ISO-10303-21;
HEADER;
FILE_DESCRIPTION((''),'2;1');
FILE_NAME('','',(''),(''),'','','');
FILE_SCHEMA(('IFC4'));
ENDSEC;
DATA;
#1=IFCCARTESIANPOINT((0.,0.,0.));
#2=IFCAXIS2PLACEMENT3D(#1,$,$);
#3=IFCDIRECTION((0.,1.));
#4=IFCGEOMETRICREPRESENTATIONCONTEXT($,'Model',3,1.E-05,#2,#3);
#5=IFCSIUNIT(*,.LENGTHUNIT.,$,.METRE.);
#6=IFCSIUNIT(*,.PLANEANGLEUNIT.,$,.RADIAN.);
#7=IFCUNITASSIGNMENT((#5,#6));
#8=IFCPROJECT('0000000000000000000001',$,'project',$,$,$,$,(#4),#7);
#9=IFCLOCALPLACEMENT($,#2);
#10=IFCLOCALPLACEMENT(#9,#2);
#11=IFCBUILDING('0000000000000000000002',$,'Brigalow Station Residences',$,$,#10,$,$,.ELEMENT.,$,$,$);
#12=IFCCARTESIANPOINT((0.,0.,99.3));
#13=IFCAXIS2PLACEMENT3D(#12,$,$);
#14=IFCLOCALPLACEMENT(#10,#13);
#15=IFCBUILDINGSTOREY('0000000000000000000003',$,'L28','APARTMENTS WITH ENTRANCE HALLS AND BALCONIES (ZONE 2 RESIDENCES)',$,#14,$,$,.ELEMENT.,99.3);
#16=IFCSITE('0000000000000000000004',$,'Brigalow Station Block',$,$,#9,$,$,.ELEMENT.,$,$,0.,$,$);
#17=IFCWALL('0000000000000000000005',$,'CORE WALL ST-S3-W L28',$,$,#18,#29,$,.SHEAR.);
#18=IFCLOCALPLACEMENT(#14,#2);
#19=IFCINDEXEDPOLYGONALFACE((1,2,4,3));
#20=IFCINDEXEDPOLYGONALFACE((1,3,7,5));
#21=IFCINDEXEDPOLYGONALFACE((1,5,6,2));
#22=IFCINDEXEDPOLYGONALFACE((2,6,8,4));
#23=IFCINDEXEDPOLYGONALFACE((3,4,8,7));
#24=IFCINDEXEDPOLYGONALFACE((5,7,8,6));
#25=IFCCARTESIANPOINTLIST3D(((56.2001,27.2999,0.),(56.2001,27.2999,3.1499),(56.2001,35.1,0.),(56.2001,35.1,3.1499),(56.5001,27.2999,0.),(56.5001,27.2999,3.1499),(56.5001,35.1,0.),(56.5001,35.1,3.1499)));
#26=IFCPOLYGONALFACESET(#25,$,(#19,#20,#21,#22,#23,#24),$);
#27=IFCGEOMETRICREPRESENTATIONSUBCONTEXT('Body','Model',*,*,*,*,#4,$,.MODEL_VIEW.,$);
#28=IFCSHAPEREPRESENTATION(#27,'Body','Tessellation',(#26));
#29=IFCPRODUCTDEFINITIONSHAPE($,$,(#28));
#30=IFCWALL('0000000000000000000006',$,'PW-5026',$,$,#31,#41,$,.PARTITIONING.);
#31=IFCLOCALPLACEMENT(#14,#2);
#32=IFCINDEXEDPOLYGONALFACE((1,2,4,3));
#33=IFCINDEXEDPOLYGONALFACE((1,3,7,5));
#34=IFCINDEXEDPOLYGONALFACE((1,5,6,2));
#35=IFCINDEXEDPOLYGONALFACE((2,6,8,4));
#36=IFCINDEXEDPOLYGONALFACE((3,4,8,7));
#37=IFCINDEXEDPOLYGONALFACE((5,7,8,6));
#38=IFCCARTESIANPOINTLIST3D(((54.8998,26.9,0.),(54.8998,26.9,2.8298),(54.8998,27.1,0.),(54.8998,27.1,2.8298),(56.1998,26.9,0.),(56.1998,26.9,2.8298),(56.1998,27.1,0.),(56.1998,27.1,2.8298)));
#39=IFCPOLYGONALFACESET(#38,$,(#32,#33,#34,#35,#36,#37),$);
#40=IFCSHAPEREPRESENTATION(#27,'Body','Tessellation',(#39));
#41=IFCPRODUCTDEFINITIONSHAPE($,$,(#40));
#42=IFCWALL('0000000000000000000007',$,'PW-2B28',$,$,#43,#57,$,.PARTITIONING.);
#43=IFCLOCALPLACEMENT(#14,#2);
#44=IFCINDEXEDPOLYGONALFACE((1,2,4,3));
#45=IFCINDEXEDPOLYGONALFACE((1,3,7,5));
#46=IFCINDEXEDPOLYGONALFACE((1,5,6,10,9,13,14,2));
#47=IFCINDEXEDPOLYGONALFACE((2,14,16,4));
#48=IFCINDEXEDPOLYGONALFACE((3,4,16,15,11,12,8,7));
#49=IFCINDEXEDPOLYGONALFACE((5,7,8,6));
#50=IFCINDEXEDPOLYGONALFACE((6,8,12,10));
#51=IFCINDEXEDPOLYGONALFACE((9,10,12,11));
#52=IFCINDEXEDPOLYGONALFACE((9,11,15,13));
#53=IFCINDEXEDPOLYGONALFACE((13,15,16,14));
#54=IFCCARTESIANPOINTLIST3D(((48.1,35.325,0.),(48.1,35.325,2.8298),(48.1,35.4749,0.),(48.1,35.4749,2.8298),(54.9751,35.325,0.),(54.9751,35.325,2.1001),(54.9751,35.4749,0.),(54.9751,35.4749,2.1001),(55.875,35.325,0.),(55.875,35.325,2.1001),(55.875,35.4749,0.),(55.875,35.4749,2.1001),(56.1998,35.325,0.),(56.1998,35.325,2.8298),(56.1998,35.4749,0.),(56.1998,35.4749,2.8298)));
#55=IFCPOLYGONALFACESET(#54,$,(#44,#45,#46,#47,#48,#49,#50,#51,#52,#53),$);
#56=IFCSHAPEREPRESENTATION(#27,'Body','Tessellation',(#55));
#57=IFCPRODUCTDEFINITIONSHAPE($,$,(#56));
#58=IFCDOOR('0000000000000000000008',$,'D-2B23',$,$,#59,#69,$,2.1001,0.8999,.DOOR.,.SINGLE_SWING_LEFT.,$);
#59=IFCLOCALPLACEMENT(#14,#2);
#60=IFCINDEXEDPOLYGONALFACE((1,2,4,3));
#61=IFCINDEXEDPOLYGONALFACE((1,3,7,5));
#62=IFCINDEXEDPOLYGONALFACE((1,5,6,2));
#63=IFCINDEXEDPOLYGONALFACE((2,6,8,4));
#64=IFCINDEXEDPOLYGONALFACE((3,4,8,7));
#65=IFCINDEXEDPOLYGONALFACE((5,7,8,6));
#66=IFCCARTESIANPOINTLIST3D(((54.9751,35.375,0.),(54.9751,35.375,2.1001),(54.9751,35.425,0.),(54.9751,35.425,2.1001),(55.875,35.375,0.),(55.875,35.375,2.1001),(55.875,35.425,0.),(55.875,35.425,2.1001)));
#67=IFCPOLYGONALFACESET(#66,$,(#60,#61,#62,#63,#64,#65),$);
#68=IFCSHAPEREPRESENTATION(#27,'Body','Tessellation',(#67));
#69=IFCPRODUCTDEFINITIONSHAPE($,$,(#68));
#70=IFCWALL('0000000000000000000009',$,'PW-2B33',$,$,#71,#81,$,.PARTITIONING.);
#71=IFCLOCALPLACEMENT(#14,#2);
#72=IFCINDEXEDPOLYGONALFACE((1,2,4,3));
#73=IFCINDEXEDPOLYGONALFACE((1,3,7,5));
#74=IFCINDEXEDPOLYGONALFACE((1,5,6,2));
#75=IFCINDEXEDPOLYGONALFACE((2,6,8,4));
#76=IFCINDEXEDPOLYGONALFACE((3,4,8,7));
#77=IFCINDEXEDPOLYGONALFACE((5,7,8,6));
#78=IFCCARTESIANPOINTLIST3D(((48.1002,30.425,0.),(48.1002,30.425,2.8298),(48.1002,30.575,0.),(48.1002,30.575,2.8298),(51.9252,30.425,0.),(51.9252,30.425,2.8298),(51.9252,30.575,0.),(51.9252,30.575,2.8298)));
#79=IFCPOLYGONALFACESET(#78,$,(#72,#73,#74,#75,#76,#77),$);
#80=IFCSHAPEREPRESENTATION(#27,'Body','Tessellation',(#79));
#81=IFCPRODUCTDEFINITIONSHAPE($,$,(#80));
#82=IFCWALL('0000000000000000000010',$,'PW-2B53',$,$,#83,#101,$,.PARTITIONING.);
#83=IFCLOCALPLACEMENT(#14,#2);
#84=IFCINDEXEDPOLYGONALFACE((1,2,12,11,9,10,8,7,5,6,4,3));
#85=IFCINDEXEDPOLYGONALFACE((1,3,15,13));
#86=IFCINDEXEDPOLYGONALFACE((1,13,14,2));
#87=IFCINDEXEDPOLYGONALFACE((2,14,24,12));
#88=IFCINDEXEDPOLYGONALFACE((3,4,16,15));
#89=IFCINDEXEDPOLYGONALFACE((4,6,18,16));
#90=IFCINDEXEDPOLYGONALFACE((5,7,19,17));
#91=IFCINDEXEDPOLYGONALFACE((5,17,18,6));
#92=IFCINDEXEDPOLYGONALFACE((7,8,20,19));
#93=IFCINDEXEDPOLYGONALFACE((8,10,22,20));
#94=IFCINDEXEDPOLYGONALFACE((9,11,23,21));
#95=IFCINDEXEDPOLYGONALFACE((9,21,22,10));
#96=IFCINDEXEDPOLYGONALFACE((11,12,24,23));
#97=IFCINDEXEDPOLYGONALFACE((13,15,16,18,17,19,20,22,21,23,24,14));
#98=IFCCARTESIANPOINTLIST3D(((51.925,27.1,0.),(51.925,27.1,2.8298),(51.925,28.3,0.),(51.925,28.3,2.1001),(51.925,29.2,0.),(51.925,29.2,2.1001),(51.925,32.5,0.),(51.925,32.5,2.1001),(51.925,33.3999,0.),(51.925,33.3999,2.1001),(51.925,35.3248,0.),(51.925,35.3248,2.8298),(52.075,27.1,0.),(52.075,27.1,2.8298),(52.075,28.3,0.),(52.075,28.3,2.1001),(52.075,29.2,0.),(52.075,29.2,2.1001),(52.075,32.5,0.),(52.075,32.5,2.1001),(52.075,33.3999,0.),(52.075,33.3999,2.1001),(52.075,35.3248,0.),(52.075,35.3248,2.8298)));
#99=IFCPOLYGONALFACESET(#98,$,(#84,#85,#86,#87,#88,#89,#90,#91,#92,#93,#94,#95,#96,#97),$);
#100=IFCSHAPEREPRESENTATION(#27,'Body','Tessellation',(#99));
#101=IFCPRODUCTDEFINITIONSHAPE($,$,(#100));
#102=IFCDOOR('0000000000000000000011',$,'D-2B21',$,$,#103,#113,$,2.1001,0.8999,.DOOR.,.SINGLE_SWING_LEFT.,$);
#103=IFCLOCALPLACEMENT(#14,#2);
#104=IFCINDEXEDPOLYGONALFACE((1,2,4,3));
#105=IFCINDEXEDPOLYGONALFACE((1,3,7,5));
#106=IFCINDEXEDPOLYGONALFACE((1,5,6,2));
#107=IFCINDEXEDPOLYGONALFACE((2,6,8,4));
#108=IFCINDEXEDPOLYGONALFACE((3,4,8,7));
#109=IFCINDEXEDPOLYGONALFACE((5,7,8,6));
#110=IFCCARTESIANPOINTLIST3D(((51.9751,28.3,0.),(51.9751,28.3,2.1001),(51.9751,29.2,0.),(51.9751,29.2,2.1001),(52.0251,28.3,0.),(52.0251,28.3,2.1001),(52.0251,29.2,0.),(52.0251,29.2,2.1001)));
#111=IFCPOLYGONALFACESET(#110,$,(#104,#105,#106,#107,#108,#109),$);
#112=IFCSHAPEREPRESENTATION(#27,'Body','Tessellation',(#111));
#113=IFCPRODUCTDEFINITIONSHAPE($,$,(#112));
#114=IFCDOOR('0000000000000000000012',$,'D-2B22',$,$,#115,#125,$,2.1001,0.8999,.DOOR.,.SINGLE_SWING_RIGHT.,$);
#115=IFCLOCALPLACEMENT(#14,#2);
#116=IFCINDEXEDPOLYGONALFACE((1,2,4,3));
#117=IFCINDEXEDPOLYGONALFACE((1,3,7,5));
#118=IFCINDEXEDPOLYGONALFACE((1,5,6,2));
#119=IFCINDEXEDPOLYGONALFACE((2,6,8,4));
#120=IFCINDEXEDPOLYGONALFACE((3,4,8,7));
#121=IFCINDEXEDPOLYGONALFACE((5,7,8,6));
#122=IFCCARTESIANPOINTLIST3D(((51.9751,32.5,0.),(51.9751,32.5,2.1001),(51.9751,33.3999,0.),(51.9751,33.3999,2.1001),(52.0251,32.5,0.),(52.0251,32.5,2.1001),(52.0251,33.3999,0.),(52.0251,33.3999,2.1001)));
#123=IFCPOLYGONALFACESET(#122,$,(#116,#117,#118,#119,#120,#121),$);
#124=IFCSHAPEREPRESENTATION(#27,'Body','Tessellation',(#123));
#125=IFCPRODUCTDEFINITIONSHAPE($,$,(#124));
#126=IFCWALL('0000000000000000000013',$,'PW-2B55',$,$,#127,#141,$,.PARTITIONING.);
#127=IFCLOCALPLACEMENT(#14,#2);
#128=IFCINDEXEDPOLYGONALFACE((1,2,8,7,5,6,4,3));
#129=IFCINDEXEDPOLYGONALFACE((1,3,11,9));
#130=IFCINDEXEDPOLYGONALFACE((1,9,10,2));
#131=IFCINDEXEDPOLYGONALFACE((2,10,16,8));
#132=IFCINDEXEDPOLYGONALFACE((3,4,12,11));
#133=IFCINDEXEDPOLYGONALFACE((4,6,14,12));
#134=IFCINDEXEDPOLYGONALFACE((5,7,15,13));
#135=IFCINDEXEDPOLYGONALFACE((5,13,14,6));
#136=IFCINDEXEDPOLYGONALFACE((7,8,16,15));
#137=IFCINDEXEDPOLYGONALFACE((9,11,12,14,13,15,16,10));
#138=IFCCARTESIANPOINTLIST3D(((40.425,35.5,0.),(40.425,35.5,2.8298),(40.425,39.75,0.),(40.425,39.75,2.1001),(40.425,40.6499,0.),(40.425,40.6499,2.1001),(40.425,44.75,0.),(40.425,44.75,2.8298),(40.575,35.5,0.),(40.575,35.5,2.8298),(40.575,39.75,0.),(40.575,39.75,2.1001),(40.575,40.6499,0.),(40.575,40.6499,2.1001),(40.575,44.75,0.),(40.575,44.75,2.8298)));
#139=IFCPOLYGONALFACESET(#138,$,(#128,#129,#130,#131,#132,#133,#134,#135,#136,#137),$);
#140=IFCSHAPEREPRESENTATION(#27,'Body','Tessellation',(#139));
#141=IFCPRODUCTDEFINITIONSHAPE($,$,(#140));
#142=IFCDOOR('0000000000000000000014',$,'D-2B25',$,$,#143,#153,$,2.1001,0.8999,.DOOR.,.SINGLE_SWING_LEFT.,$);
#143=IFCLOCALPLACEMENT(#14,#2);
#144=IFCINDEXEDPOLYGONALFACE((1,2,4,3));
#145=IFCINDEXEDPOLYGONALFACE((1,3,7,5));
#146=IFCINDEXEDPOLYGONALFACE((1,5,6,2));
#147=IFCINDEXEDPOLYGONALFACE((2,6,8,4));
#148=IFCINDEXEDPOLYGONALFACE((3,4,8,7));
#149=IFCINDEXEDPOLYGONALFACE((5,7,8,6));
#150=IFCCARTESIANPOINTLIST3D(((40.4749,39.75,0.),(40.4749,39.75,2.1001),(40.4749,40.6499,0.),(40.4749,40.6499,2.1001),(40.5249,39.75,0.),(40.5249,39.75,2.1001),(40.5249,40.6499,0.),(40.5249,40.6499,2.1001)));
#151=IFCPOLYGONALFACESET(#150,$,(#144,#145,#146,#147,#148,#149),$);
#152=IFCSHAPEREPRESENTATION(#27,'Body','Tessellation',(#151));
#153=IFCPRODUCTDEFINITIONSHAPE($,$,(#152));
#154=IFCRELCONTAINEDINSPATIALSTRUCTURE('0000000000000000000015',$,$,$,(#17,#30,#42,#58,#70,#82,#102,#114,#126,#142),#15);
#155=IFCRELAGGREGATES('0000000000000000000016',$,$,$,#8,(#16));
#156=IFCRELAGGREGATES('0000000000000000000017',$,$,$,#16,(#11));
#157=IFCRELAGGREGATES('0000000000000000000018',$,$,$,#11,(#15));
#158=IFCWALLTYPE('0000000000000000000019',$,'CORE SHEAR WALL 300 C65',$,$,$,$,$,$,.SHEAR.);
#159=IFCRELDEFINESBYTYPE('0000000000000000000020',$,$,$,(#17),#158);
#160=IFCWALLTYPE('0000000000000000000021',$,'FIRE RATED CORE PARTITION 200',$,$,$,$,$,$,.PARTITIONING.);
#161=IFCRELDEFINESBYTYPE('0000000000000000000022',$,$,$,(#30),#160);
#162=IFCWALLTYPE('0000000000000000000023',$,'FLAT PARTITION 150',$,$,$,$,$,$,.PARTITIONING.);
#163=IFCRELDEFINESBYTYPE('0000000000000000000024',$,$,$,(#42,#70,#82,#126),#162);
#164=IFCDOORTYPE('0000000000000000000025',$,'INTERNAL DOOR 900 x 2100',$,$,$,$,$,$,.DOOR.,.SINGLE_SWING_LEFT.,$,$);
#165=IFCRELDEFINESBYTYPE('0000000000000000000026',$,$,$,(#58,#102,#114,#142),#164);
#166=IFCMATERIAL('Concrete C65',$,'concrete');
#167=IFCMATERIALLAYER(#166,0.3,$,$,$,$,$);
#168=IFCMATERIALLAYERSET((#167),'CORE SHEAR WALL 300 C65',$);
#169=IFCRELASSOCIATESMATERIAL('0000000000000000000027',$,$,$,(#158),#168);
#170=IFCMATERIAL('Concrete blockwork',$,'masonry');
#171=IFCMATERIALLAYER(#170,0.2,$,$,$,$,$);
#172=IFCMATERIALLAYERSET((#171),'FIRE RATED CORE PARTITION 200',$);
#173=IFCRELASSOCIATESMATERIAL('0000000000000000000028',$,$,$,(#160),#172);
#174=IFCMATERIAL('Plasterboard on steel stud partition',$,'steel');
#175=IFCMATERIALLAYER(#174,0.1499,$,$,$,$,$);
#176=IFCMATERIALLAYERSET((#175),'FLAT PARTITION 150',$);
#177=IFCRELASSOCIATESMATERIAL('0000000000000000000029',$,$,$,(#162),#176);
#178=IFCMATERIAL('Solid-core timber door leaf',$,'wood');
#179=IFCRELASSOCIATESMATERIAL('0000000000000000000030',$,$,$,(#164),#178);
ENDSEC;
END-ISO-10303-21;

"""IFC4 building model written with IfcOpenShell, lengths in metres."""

from ifc_helpers import new_model, si_unit, direction, frame, frame_2d, origin, place, context, subcontext, project, spatial, rectangle, extrude, material, layer, layer_set, type_object, element, fill, save


model = new_model("IFC4")

# Units and contexts
model_context = context("Model", 3, precision=1e-05, world=origin(), true_north=direction((0.0, 1.0)))
body_context = subcontext(model_context, "Body", "Model", "MODEL_VIEW")
ifc_project = project(units=[si_unit("LENGTHUNIT", "METRE"), si_unit("PLANEANGLEUNIT", "RADIAN")], contexts=[model_context])

# Site, building, storey
site_placement = place(None, origin())
site = spatial("IfcSite", under=ifc_project, at=site_placement, Name="Brigalow Station Block", CompositionType="ELEMENT", RefElevation=0.0)
building_placement = place(site_placement, origin())
building = spatial("IfcBuilding", under=site, at=building_placement, Name="Brigalow Station Residences", CompositionType="ELEMENT")
storey_placement = place(building_placement, frame((0.0, 0.0, 99.3)))
storey = spatial("IfcBuildingStorey", under=building, at=storey_placement, Name="L28", Description="APARTMENTS WITH ENTRANCE HALLS AND BALCONIES (ZONE 2 RESIDENCES)", CompositionType="ELEMENT", Elevation=99.3)

# Shared definitions
ifc_material_1 = material(Name="Concrete C65", Category="concrete")
ifc_layer_1 = layer(ifc_material_1, 0.3)
ifc_layer_set_1 = layer_set([ifc_layer_1], Name="CORE SHEAR WALL 300 C65")
wall_type_1 = type_object("IfcWallType", Name="CORE SHEAR WALL 300 C65", PredefinedType="SHEAR", material=ifc_layer_set_1)

# Walls
wall_1_placement = place(storey_placement, frame((56.3501, 27.3, 0.0), z_axis=(0.0, 0.0, 1.0), x_axis=(0.0, 1.0, 0.0)))
element("IfcWall", 1, at=wall_1_placement, inside=storey, type_object=wall_type_1, Name="CORE WALL ST-S3-W L28", PredefinedType="SHEAR", context=body_context, shape_type="SweptSolid", body=[
    extrude(rectangle(XDim=7.8, YDim=0.3, at=frame_2d((3.8999, 0.0))), origin(), (0.0, 0.0, 1.0), 3.1499),
])
ifc_material_2 = material(Name="Concrete blockwork", Category="masonry")
ifc_layer_2 = layer(ifc_material_2, 0.2)
ifc_layer_set_2 = layer_set([ifc_layer_2], Name="FIRE RATED CORE PARTITION 200")
wall_type_2 = type_object("IfcWallType", Name="FIRE RATED CORE PARTITION 200", PredefinedType="PARTITIONING", material=ifc_layer_set_2)
wall_2_placement = place(storey_placement, frame((54.8999, 27.0, 0.0), z_axis=(0.0, 0.0, 1.0), x_axis=(1.0, 0.0, 0.0)))
element("IfcWall", 2, at=wall_2_placement, inside=storey, type_object=wall_type_2, Name="PW-5026", PredefinedType="PARTITIONING", context=body_context, shape_type="SweptSolid", body=[
    extrude(rectangle(XDim=1.3, YDim=0.2, at=frame_2d((0.6499, 0.0))), origin(), (0.0, 0.0, 1.0), 2.8298),
])

# Wall, opening, door
ifc_material_3 = material(Name="Plasterboard on steel stud partition", Category="steel")
ifc_layer_3 = layer(ifc_material_3, 0.1499)
ifc_layer_set_3 = layer_set([ifc_layer_3], Name="FLAT PARTITION 150")
wall_type_3 = type_object("IfcWallType", Name="FLAT PARTITION 150", PredefinedType="PARTITIONING", material=ifc_layer_set_3)
wall_3_placement = place(storey_placement, frame((48.1001, 35.3999, 0.0), z_axis=(0.0, 0.0, 1.0), x_axis=(1.0, 0.0, 0.0)))
wall_3 = element("IfcWall", 3, at=wall_3_placement, inside=storey, type_object=wall_type_3, Name="PW-2B28", PredefinedType="PARTITIONING", context=body_context, shape_type="SweptSolid", body=[
    extrude(rectangle(XDim=8.0999, YDim=0.1499, at=frame_2d((4.0498, 0.0))), origin(), (0.0, 0.0, 1.0), 2.8298),
])
opening_1_placement = place(wall_3_placement, frame((6.875, 0.0, 0.0)))
opening_1 = element("IfcOpeningElement", 4, at=opening_1_placement, cuts=wall_3, PredefinedType="OPENING", context=body_context, shape_type="SweptSolid", body=[
    extrude(rectangle(XDim=0.8999, YDim=2.1001, at=frame_2d((0.45, 1.05))), frame((0.0, 0.085, 0.0), z_axis=(0.0, -1.0, 0.0), x_axis=(1.0, 0.0, 0.0)), (0.0, 0.0, 1.0), 0.1699),
])
ifc_material_4 = material(Name="Solid-core timber door leaf", Category="wood")
door_type_1 = type_object("IfcDoorType", Name="INTERNAL DOOR 900 x 2100", OperationType="SINGLE_SWING_LEFT", PredefinedType="DOOR", material=ifc_material_4)
door_1_placement = place(opening_1_placement, frame((0.8999, 0.0, 0.0), z_axis=(0.0, 0.0, 1.0), x_axis=(-1.0, 0.0, 0.0)))
door_1 = element("IfcDoor", 5, at=door_1_placement, inside=storey, type_object=door_type_1, Name="D-2B23", OperationType="SINGLE_SWING_LEFT", OverallHeight=2.1001, OverallWidth=0.8999, PredefinedType="DOOR", context=body_context, shape_type="SweptSolid", body=[
    extrude(rectangle(XDim=0.8999, YDim=2.1001, at=frame_2d((0.45, 1.05))), frame((0.0, 0.0249, 0.0), z_axis=(0.0, -1.0, 0.0), x_axis=(1.0, 0.0, 0.0)), (0.0, 0.0, 1.0), 0.05),
])
fill(opening_1, door_1)

# Wall
wall_4_placement = place(storey_placement, frame((48.1001, 30.5, 0.0), z_axis=(0.0, 0.0, 1.0), x_axis=(1.0, 0.0, 0.0)))
element("IfcWall", 6, at=wall_4_placement, inside=storey, type_object=wall_type_3, Name="PW-2B33", PredefinedType="PARTITIONING", context=body_context, shape_type="SweptSolid", body=[
    extrude(rectangle(XDim=3.825, YDim=0.1499, at=frame_2d((1.9126, 0.0))), origin(), (0.0, 0.0, 1.0), 2.8298),
])

# Wall, openings, doors
wall_5_placement = place(storey_placement, frame((52.0, 27.1001, 0.0), z_axis=(0.0, 0.0, 1.0), x_axis=(0.0, 1.0, 0.0)))
wall_5 = element("IfcWall", 7, at=wall_5_placement, inside=storey, type_object=wall_type_3, Name="PW-2B53", PredefinedType="PARTITIONING", context=body_context, shape_type="SweptSolid", body=[
    extrude(rectangle(XDim=8.2249, YDim=0.1499, at=frame_2d((4.1123, 0.0))), origin(), (0.0, 0.0, 1.0), 2.8298),
])
opening_2_placement = place(wall_5_placement, frame((1.2, 0.0, 0.0)))
opening_2 = element("IfcOpeningElement", 8, at=opening_2_placement, cuts=wall_5, PredefinedType="OPENING", context=body_context, shape_type="SweptSolid", body=[
    extrude(rectangle(XDim=0.8999, YDim=2.1001, at=frame_2d((0.45, 1.05))), frame((0.0, 0.085, 0.0), z_axis=(0.0, -1.0, 0.0), x_axis=(1.0, 0.0, 0.0)), (0.0, 0.0, 1.0), 0.1699),
])
opening_3_placement = place(wall_5_placement, frame((5.3999, 0.0, 0.0)))
opening_3 = element("IfcOpeningElement", 9, at=opening_3_placement, cuts=wall_5, PredefinedType="OPENING", context=body_context, shape_type="SweptSolid", body=[
    extrude(rectangle(XDim=0.8999, YDim=2.1001, at=frame_2d((0.45, 1.05))), frame((0.0, 0.085, 0.0), z_axis=(0.0, -1.0, 0.0), x_axis=(1.0, 0.0, 0.0)), (0.0, 0.0, 1.0), 0.1699),
])
door_2_placement = place(opening_2_placement, origin())
door_2 = element("IfcDoor", 10, at=door_2_placement, inside=storey, type_object=door_type_1, Name="D-2B21", OperationType="SINGLE_SWING_LEFT", OverallHeight=2.1001, OverallWidth=0.8999, PredefinedType="DOOR", context=body_context, shape_type="SweptSolid", body=[
    extrude(rectangle(XDim=0.8999, YDim=2.1001, at=frame_2d((0.45, 1.05))), frame((0.0, 0.0249, 0.0), z_axis=(0.0, -1.0, 0.0), x_axis=(1.0, 0.0, 0.0)), (0.0, 0.0, 1.0), 0.05),
])
fill(opening_2, door_2)
door_3_placement = place(opening_3_placement, origin())
door_3 = element("IfcDoor", 11, at=door_3_placement, inside=storey, type_object=door_type_1, Name="D-2B22", OperationType="SINGLE_SWING_RIGHT", OverallHeight=2.1001, OverallWidth=0.8999, PredefinedType="DOOR", context=body_context, shape_type="SweptSolid", body=[
    extrude(rectangle(XDim=0.8999, YDim=2.1001, at=frame_2d((0.45, 1.05))), frame((0.0, 0.0249, 0.0), z_axis=(0.0, -1.0, 0.0), x_axis=(1.0, 0.0, 0.0)), (0.0, 0.0, 1.0), 0.05),
])
fill(opening_3, door_3)

# Wall, opening, door
wall_6_placement = place(storey_placement, frame((40.5, 35.5, 0.0), z_axis=(0.0, 0.0, 1.0), x_axis=(0.0, 1.0, 0.0)))
wall_6 = element("IfcWall", 12, at=wall_6_placement, inside=storey, type_object=wall_type_3, Name="PW-2B55", PredefinedType="PARTITIONING", context=body_context, shape_type="SweptSolid", body=[
    extrude(rectangle(XDim=9.25, YDim=0.1499, at=frame_2d((4.625, 0.0))), origin(), (0.0, 0.0, 1.0), 2.8298),
])
opening_4_placement = place(wall_6_placement, frame((4.25, 0.0, 0.0)))
opening_4 = element("IfcOpeningElement", 13, at=opening_4_placement, cuts=wall_6, PredefinedType="OPENING", context=body_context, shape_type="SweptSolid", body=[
    extrude(rectangle(XDim=0.8999, YDim=2.1001, at=frame_2d((0.45, 1.05))), frame((0.0, 0.085, 0.0), z_axis=(0.0, -1.0, 0.0), x_axis=(1.0, 0.0, 0.0)), (0.0, 0.0, 1.0), 0.1699),
])
door_4_placement = place(opening_4_placement, frame((0.8999, 0.0, 0.0), z_axis=(0.0, 0.0, 1.0), x_axis=(-1.0, 0.0, 0.0)))
door_4 = element("IfcDoor", 14, at=door_4_placement, inside=storey, type_object=door_type_1, Name="D-2B25", OperationType="SINGLE_SWING_LEFT", OverallHeight=2.1001, OverallWidth=0.8999, PredefinedType="DOOR", context=body_context, shape_type="SweptSolid", body=[
    extrude(rectangle(XDim=0.8999, YDim=2.1001, at=frame_2d((0.45, 1.05))), frame((0.0, 0.0249, 0.0), z_axis=(0.0, -1.0, 0.0), x_axis=(1.0, 0.0, 0.0)), (0.0, 0.0, 1.0), 0.05),
])
fill(opening_4, door_4)

save(model, "model.ifc")
